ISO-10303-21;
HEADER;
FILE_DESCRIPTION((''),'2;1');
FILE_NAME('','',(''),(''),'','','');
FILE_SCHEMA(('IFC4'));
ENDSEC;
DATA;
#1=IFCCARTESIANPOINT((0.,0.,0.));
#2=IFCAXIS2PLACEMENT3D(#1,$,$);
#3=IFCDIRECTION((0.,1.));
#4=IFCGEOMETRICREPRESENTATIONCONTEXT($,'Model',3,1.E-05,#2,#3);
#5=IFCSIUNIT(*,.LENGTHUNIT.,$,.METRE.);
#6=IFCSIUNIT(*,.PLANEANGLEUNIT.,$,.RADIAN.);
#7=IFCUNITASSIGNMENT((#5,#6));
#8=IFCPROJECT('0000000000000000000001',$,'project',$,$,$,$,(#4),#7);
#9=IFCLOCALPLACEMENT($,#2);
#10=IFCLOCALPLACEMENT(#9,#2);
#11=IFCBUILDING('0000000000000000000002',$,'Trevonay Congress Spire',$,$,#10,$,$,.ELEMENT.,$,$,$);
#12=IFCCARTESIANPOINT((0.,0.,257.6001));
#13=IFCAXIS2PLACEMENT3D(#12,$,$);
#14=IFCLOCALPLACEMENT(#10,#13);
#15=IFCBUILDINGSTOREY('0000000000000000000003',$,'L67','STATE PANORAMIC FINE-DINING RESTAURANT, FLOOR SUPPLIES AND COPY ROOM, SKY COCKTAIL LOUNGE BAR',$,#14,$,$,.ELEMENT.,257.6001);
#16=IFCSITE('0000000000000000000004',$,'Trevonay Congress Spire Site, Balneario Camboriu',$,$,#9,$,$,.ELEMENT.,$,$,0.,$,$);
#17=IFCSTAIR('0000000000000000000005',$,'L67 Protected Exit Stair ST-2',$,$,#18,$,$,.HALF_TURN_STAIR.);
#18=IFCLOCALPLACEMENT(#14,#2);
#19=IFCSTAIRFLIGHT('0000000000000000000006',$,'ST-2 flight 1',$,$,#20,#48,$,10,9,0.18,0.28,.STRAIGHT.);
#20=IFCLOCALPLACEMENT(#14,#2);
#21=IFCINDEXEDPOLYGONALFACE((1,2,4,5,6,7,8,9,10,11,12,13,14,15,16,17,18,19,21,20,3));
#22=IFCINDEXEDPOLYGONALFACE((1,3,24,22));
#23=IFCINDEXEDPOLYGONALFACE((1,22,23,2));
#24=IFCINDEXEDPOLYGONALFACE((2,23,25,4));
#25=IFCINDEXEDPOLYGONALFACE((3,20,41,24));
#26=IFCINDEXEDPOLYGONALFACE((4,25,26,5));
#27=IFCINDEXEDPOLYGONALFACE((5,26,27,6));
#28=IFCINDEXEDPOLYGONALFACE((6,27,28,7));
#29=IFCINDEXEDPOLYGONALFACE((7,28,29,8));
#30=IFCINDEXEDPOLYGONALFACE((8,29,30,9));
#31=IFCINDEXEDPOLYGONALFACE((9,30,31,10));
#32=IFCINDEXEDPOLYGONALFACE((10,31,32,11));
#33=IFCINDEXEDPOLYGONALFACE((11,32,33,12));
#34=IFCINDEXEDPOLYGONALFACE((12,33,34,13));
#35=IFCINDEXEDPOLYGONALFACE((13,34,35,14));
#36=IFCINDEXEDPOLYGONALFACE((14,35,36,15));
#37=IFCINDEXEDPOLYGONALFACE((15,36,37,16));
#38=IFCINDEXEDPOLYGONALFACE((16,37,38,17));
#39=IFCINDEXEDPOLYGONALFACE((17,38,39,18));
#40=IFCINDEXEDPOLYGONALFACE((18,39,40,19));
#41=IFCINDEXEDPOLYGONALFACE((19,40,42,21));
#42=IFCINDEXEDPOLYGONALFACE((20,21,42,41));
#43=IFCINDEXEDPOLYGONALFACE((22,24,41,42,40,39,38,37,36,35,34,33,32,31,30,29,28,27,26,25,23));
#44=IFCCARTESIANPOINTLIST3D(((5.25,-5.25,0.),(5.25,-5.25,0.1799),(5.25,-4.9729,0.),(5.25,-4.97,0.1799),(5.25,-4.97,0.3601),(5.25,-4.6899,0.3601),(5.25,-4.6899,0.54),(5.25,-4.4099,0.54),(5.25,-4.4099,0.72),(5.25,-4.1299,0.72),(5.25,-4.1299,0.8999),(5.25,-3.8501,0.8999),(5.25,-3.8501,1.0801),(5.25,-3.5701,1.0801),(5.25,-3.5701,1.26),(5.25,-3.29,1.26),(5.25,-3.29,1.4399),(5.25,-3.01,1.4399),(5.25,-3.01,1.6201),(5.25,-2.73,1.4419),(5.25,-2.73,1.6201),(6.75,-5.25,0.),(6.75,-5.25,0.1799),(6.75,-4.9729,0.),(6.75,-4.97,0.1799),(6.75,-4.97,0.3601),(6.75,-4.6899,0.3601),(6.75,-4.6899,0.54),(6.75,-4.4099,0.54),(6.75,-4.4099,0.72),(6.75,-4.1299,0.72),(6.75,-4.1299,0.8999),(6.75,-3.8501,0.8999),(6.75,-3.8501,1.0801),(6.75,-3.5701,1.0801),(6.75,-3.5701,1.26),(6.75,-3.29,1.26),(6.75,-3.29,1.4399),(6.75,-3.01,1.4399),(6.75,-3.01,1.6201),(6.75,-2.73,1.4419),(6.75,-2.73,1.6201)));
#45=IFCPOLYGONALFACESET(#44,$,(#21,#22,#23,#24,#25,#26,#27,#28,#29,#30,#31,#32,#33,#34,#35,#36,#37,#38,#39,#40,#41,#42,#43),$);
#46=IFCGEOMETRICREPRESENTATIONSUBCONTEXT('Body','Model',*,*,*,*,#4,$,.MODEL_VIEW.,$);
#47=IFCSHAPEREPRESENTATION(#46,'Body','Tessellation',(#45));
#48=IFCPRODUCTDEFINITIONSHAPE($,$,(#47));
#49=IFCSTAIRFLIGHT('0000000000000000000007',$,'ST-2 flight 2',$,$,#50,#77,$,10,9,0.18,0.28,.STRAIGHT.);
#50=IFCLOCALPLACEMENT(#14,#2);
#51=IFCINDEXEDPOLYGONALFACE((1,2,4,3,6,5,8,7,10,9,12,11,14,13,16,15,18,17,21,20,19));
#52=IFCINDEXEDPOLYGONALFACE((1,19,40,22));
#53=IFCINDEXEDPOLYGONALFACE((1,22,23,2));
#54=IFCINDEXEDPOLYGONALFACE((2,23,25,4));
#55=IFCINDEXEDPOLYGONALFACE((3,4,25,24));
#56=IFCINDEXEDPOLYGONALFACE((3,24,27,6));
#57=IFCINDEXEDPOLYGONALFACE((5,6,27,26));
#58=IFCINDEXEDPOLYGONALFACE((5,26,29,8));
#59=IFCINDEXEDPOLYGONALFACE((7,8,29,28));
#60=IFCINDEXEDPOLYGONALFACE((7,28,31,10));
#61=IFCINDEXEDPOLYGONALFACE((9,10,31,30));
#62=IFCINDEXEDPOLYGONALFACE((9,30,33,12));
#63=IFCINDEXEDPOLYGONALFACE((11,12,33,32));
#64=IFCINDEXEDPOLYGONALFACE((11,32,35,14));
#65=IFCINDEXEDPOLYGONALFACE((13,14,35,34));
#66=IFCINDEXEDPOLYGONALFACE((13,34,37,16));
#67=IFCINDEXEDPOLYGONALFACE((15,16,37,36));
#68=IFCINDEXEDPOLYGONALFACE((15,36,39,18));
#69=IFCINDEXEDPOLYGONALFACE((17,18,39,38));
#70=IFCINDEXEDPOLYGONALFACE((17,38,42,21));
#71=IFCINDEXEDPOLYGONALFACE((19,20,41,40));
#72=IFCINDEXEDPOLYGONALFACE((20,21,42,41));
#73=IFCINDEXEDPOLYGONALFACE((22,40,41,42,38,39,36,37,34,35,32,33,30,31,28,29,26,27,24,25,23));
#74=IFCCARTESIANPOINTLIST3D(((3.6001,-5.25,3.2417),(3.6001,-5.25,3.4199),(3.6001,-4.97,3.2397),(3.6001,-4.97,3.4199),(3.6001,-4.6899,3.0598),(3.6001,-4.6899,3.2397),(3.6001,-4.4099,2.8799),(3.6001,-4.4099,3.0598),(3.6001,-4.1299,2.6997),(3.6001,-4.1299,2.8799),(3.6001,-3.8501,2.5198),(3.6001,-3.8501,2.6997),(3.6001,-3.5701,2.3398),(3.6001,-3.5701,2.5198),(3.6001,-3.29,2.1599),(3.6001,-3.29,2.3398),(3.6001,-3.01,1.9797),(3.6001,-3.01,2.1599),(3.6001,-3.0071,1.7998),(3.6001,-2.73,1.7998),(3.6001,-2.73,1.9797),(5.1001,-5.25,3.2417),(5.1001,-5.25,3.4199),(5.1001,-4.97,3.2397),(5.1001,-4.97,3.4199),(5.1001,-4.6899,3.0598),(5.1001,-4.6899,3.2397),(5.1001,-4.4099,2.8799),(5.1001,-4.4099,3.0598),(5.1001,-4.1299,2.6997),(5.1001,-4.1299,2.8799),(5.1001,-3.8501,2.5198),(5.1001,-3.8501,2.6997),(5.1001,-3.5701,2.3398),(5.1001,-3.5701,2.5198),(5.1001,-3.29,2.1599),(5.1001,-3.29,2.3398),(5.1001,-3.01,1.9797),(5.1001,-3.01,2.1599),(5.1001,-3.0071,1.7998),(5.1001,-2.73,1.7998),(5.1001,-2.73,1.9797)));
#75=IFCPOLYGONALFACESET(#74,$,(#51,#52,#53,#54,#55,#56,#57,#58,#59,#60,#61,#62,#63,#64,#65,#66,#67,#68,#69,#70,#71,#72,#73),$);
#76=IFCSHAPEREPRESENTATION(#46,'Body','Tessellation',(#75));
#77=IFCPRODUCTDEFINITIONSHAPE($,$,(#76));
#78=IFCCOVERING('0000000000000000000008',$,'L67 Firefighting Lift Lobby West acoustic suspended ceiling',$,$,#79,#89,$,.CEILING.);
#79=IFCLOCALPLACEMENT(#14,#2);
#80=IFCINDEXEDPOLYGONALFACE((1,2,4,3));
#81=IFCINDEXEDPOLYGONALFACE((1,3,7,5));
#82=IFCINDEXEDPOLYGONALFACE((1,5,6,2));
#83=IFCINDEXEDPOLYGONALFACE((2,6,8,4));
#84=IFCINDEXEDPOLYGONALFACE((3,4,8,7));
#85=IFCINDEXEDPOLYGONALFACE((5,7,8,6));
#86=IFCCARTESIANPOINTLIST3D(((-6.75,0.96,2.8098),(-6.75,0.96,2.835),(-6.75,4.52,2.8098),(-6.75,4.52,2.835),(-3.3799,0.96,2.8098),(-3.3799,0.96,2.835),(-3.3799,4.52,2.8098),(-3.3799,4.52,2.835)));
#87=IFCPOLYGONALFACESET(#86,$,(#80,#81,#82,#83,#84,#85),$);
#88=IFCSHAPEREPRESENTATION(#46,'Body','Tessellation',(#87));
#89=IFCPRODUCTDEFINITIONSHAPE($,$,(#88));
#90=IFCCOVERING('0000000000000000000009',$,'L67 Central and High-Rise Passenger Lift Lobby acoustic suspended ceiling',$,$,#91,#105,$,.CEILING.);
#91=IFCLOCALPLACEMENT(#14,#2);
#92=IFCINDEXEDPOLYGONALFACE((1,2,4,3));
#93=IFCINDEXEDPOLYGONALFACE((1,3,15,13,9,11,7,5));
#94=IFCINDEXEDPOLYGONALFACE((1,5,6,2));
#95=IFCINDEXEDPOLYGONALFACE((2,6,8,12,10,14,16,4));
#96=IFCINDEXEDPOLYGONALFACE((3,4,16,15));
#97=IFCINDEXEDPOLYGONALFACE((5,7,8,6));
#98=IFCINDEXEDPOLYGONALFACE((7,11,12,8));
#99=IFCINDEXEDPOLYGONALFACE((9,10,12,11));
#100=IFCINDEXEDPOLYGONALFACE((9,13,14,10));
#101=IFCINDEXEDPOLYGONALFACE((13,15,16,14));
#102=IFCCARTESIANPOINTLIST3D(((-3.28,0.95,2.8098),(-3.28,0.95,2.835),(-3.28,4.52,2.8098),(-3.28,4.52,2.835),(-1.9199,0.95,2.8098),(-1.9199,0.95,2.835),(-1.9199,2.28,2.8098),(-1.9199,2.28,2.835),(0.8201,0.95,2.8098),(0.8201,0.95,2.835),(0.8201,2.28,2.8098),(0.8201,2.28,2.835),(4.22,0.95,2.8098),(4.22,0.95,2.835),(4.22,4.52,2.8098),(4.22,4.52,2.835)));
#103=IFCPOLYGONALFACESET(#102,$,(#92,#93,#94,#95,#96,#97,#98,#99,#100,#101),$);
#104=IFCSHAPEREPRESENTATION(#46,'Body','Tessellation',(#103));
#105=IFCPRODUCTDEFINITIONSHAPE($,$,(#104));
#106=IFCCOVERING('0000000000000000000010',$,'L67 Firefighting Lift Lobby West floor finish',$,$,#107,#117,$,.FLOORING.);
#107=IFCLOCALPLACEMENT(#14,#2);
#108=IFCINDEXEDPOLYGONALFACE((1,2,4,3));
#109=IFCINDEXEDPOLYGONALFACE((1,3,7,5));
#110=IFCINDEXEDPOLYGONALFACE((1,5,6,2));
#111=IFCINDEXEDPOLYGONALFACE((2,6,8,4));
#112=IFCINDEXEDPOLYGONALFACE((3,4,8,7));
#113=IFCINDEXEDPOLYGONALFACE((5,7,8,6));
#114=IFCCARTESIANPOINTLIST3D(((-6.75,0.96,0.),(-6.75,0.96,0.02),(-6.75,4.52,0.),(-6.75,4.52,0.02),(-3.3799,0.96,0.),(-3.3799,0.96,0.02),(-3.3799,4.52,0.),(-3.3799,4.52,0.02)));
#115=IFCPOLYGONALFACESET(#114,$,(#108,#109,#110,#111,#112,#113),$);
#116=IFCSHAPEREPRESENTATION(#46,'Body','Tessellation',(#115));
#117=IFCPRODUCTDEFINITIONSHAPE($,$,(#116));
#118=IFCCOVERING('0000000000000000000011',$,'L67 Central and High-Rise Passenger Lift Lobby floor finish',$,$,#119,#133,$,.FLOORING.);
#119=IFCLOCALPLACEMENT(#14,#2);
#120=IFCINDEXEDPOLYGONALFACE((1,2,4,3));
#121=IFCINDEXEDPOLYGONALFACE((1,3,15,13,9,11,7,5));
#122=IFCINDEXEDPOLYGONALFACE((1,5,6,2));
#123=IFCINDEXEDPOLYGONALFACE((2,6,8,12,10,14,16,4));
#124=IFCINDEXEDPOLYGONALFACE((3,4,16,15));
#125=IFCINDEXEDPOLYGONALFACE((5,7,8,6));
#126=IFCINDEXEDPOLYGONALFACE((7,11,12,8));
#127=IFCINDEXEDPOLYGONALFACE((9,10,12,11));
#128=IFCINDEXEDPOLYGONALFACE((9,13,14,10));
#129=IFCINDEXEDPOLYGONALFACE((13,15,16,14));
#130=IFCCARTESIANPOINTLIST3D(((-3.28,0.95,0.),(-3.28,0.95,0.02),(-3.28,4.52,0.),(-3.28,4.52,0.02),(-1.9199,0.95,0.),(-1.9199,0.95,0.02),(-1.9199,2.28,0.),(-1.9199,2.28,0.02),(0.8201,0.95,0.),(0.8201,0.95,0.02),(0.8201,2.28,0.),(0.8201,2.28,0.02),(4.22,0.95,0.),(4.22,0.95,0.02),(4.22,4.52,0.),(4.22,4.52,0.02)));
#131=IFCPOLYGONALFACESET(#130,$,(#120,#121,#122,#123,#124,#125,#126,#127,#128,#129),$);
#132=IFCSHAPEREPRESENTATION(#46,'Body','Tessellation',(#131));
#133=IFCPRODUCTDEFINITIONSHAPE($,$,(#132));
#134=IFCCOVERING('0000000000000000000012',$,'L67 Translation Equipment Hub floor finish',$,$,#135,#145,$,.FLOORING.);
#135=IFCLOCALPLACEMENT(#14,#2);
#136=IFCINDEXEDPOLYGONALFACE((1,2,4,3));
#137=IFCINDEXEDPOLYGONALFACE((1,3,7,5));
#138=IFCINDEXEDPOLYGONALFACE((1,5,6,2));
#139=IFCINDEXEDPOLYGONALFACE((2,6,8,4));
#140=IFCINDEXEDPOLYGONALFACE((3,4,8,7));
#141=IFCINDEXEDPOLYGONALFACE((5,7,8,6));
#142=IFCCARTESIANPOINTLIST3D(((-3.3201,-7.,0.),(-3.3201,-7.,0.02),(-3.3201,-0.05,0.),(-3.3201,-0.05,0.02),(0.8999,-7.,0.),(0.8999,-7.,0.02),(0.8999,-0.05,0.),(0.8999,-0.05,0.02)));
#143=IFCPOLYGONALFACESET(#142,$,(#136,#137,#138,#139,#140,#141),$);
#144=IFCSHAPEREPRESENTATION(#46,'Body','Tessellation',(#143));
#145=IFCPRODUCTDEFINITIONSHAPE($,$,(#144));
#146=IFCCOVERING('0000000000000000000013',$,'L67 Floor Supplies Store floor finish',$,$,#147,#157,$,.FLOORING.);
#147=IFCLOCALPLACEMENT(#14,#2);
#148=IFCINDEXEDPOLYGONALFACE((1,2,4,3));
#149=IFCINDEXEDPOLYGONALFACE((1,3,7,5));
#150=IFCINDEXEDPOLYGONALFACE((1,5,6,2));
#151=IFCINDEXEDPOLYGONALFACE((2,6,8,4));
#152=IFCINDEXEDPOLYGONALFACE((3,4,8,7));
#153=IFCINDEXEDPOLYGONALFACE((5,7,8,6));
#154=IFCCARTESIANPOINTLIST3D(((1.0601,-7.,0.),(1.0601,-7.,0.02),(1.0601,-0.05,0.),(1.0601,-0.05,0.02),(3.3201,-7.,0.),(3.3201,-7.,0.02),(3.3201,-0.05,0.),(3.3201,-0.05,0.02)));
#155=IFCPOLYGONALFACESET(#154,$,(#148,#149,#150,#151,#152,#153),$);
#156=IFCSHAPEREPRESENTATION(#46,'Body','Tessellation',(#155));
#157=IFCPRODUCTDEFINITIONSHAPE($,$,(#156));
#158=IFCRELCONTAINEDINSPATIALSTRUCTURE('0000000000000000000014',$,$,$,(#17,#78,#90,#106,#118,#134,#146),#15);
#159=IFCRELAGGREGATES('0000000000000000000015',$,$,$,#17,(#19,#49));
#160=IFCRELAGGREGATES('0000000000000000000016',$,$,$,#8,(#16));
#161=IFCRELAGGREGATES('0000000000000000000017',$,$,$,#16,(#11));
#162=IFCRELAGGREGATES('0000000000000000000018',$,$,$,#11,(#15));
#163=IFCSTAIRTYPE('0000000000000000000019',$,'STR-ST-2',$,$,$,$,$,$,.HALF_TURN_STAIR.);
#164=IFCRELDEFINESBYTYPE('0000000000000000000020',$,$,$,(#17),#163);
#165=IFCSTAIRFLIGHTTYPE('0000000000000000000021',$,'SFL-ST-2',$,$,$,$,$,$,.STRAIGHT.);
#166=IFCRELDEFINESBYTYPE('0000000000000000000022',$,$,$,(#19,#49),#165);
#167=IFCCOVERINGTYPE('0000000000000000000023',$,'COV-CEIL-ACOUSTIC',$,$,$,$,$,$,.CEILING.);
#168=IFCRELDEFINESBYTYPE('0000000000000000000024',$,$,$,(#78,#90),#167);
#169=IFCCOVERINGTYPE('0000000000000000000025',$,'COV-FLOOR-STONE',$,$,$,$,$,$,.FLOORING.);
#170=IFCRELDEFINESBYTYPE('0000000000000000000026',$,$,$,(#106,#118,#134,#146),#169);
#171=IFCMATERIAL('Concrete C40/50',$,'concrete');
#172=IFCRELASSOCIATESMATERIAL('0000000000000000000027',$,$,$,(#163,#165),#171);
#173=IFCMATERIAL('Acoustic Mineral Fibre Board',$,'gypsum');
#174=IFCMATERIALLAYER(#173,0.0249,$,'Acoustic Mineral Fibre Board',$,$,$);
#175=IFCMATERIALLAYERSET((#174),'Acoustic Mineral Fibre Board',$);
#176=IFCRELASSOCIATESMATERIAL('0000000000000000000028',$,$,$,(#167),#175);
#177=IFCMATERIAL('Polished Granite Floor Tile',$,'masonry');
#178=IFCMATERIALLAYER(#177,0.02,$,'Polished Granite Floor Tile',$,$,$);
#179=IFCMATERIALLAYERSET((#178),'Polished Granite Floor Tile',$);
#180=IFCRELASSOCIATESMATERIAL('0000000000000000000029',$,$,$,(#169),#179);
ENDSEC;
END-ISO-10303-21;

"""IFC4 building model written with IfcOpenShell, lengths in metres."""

from ifc_helpers import new_model, si_unit, direction, frame, origin, place, context, subcontext, project, spatial, polyline, outline, extrude, material, layer, layer_set, type_object, element, aggregate, save


model = new_model("IFC4")

# Units and contexts
model_context = context("Model", 3, precision=1e-05, world=origin(), true_north=direction((0.0, 1.0)))
body_context = subcontext(model_context, "Body", "Model", "MODEL_VIEW")
ifc_project = project(units=[si_unit("LENGTHUNIT", "METRE"), si_unit("PLANEANGLEUNIT", "RADIAN")], contexts=[model_context])

# Site, building, storey
site_placement = place(None, origin())
site = spatial("IfcSite", under=ifc_project, at=site_placement, Name="Trevonay Congress Spire Site, Balneario Camboriu", CompositionType="ELEMENT", RefElevation=0.0)
building_placement = place(site_placement, origin())
building = spatial("IfcBuilding", under=site, at=building_placement, Name="Trevonay Congress Spire", CompositionType="ELEMENT")
storey_placement = place(building_placement, frame((0.0, 0.0, 257.6001)))
storey = spatial("IfcBuildingStorey", under=building, at=storey_placement, Name="L67", Description="STATE PANORAMIC FINE-DINING RESTAURANT, FLOOR SUPPLIES AND COPY ROOM, SKY COCKTAIL LOUNGE BAR", CompositionType="ELEMENT", Elevation=257.6001)

# Stair
ifc_material_1 = material(Name="Concrete C40/50", Category="concrete")
stair_type_1 = type_object("IfcStairType", Name="STR-ST-2", PredefinedType="HALF_TURN_STAIR", material=ifc_material_1)
stair_1_placement = place(storey_placement, origin())
stair_1 = element("IfcStair", 1, at=stair_1_placement, inside=storey, type_object=stair_type_1, Name="L67 Protected Exit Stair ST-2", PredefinedType="HALF_TURN_STAIR")

# Stair flights
stair_flight_type = type_object("IfcStairFlightType", Name="SFL-ST-2", PredefinedType="STRAIGHT", material=ifc_material_1)
stair_flight_1_placement = place(storey_placement, frame((6.0, -5.25, 0.0), z_axis=(0.0, 0.0, 1.0), x_axis=(0.0, 1.0, 0.0)))
stair_flight_1 = element("IfcStairFlight", 2, at=stair_flight_1_placement, type_object=stair_flight_type, Name="ST-2 flight 1", NumberOfRisers=10, NumberOfTreads=9, PredefinedType="STRAIGHT", RiserHeight=0.18, TreadLength=0.28, context=body_context, shape_type="SweptSolid", body=[
    extrude(outline(polyline([(0.0, 0.0), (0.0, 0.1799), (0.28, 0.1799), (0.28, 0.3601), (0.5601, 0.3601), (0.5601, 0.54), (0.8401, 0.54), (0.8401, 0.72), (1.1201, 0.72), (1.1201, 0.8999), (1.3999, 0.8999), (1.3999, 1.0801), (1.6799, 1.0801), (1.6799, 1.26), (1.96, 1.26), (1.96, 1.4399), (2.24, 1.4399), (2.24, 1.6201), (2.52, 1.6201), (2.52, 1.8), (2.52, 1.4419), (0.2771, 0.0), (0.0, 0.0)])), frame((0.0, 0.75, 0.0), z_axis=(0.0, -1.0, 0.0), x_axis=(1.0, 0.0, 0.0)), (0.0, 0.0, 1.0), 1.5),
])
stair_flight_2_placement = place(storey_placement, frame((4.3501, -2.73, 1.7998), z_axis=(0.0, 0.0, 1.0), x_axis=(0.0, -1.0, 0.0)))
stair_flight_2 = element("IfcStairFlight", 3, at=stair_flight_2_placement, type_object=stair_flight_type, Name="ST-2 flight 2", NumberOfRisers=10, NumberOfTreads=9, PredefinedType="STRAIGHT", RiserHeight=0.18, TreadLength=0.28, context=body_context, shape_type="SweptSolid", body=[
    extrude(outline(polyline([(0.0, 0.0), (0.0, 0.1799), (0.28, 0.1799), (0.28, 0.3601), (0.5601, 0.3601), (0.5601, 0.54), (0.8401, 0.54), (0.8401, 0.72), (1.1201, 0.72), (1.1201, 0.8999), (1.3999, 0.8999), (1.3999, 1.0801), (1.6799, 1.0801), (1.6799, 1.26), (1.96, 1.26), (1.96, 1.4399), (2.24, 1.4399), (2.24, 1.6201), (2.52, 1.6201), (2.52, 1.8), (2.52, 1.4419), (0.2771, 0.0), (0.0, 0.0)])), frame((0.0, 0.75, 0.0), z_axis=(0.0, -1.0, 0.0), x_axis=(1.0, 0.0, 0.0)), (0.0, 0.0, 1.0), 1.5),
])
aggregate(stair_1, [stair_flight_1, stair_flight_2])

# Coverings
ifc_material_2 = material(Name="Acoustic Mineral Fibre Board", Category="gypsum")
ifc_layer_1 = layer(ifc_material_2, 0.0249, Name="Acoustic Mineral Fibre Board")
ifc_layer_set_1 = layer_set([ifc_layer_1], Name="Acoustic Mineral Fibre Board")
covering_type_1 = type_object("IfcCoveringType", Name="COV-CEIL-ACOUSTIC", PredefinedType="CEILING", material=ifc_layer_set_1)
covering_1_placement = place(storey_placement, frame((0.0, 0.0, 2.8098)))
element("IfcCovering", 4, at=covering_1_placement, inside=storey, type_object=covering_type_1, Name="L67 Firefighting Lift Lobby West acoustic suspended ceiling", PredefinedType="CEILING", context=body_context, shape_type="SweptSolid", body=[
    extrude(outline(polyline([(-6.75, 0.96), (-3.3799, 0.96), (-3.3799, 4.52), (-6.75, 4.52), (-6.75, 0.96)])), origin(), (0.0, 0.0, 1.0), 0.0251),
])
covering_2_placement = place(storey_placement, frame((0.0, 0.0, 2.8098)))
element("IfcCovering", 5, at=covering_2_placement, inside=storey, type_object=covering_type_1, Name="L67 Central and High-Rise Passenger Lift Lobby acoustic suspended ceiling", PredefinedType="CEILING", context=body_context, shape_type="SweptSolid", body=[
    extrude(outline(polyline([(-3.28, 0.95), (-1.9199, 0.95), (-1.9199, 2.28), (0.8201, 2.28), (0.8201, 0.95), (4.22, 0.95), (4.22, 4.52), (-3.28, 4.52), (-3.28, 0.95)])), origin(), (0.0, 0.0, 1.0), 0.0251),
])
ifc_material_3 = material(Name="Polished Granite Floor Tile", Category="masonry")
ifc_layer_2 = layer(ifc_material_3, 0.02, Name="Polished Granite Floor Tile")
ifc_layer_set_2 = layer_set([ifc_layer_2], Name="Polished Granite Floor Tile")
covering_type_2 = type_object("IfcCoveringType", Name="COV-FLOOR-STONE", PredefinedType="FLOORING", material=ifc_layer_set_2)
covering_3_placement = place(storey_placement, origin())
element("IfcCovering", 6, at=covering_3_placement, inside=storey, type_object=covering_type_2, Name="L67 Firefighting Lift Lobby West floor finish", PredefinedType="FLOORING", context=body_context, shape_type="SweptSolid", body=[
    extrude(outline(polyline([(-6.75, 0.96), (-3.3799, 0.96), (-3.3799, 4.52), (-6.75, 4.52), (-6.75, 0.96)])), origin(), (0.0, 0.0, 1.0), 0.02),
])
covering_4_placement = place(storey_placement, origin())
element("IfcCovering", 7, at=covering_4_placement, inside=storey, type_object=covering_type_2, Name="L67 Central and High-Rise Passenger Lift Lobby floor finish", PredefinedType="FLOORING", context=body_context, shape_type="SweptSolid", body=[
    extrude(outline(polyline([(-3.28, 0.95), (-1.9199, 0.95), (-1.9199, 2.28), (0.8201, 2.28), (0.8201, 0.95), (4.22, 0.95), (4.22, 4.52), (-3.28, 4.52), (-3.28, 0.95)])), origin(), (0.0, 0.0, 1.0), 0.02),
])
covering_5_placement = place(storey_placement, origin())
element("IfcCovering", 8, at=covering_5_placement, inside=storey, type_object=covering_type_2, Name="L67 Translation Equipment Hub floor finish", PredefinedType="FLOORING", context=body_context, shape_type="SweptSolid", body=[
    extrude(outline(polyline([(-3.3201, -7.0), (0.8999, -7.0), (0.8999, -0.05), (-3.3201, -0.05), (-3.3201, -7.0)])), origin(), (0.0, 0.0, 1.0), 0.02),
])
covering_6_placement = place(storey_placement, origin())
element("IfcCovering", 9, at=covering_6_placement, inside=storey, type_object=covering_type_2, Name="L67 Floor Supplies Store floor finish", PredefinedType="FLOORING", context=body_context, shape_type="SweptSolid", body=[
    extrude(outline(polyline([(1.0601, -7.0), (3.3201, -7.0), (3.3201, -0.05), (1.0601, -0.05), (1.0601, -7.0)])), origin(), (0.0, 0.0, 1.0), 0.02),
])

save(model, "model.ifc")
